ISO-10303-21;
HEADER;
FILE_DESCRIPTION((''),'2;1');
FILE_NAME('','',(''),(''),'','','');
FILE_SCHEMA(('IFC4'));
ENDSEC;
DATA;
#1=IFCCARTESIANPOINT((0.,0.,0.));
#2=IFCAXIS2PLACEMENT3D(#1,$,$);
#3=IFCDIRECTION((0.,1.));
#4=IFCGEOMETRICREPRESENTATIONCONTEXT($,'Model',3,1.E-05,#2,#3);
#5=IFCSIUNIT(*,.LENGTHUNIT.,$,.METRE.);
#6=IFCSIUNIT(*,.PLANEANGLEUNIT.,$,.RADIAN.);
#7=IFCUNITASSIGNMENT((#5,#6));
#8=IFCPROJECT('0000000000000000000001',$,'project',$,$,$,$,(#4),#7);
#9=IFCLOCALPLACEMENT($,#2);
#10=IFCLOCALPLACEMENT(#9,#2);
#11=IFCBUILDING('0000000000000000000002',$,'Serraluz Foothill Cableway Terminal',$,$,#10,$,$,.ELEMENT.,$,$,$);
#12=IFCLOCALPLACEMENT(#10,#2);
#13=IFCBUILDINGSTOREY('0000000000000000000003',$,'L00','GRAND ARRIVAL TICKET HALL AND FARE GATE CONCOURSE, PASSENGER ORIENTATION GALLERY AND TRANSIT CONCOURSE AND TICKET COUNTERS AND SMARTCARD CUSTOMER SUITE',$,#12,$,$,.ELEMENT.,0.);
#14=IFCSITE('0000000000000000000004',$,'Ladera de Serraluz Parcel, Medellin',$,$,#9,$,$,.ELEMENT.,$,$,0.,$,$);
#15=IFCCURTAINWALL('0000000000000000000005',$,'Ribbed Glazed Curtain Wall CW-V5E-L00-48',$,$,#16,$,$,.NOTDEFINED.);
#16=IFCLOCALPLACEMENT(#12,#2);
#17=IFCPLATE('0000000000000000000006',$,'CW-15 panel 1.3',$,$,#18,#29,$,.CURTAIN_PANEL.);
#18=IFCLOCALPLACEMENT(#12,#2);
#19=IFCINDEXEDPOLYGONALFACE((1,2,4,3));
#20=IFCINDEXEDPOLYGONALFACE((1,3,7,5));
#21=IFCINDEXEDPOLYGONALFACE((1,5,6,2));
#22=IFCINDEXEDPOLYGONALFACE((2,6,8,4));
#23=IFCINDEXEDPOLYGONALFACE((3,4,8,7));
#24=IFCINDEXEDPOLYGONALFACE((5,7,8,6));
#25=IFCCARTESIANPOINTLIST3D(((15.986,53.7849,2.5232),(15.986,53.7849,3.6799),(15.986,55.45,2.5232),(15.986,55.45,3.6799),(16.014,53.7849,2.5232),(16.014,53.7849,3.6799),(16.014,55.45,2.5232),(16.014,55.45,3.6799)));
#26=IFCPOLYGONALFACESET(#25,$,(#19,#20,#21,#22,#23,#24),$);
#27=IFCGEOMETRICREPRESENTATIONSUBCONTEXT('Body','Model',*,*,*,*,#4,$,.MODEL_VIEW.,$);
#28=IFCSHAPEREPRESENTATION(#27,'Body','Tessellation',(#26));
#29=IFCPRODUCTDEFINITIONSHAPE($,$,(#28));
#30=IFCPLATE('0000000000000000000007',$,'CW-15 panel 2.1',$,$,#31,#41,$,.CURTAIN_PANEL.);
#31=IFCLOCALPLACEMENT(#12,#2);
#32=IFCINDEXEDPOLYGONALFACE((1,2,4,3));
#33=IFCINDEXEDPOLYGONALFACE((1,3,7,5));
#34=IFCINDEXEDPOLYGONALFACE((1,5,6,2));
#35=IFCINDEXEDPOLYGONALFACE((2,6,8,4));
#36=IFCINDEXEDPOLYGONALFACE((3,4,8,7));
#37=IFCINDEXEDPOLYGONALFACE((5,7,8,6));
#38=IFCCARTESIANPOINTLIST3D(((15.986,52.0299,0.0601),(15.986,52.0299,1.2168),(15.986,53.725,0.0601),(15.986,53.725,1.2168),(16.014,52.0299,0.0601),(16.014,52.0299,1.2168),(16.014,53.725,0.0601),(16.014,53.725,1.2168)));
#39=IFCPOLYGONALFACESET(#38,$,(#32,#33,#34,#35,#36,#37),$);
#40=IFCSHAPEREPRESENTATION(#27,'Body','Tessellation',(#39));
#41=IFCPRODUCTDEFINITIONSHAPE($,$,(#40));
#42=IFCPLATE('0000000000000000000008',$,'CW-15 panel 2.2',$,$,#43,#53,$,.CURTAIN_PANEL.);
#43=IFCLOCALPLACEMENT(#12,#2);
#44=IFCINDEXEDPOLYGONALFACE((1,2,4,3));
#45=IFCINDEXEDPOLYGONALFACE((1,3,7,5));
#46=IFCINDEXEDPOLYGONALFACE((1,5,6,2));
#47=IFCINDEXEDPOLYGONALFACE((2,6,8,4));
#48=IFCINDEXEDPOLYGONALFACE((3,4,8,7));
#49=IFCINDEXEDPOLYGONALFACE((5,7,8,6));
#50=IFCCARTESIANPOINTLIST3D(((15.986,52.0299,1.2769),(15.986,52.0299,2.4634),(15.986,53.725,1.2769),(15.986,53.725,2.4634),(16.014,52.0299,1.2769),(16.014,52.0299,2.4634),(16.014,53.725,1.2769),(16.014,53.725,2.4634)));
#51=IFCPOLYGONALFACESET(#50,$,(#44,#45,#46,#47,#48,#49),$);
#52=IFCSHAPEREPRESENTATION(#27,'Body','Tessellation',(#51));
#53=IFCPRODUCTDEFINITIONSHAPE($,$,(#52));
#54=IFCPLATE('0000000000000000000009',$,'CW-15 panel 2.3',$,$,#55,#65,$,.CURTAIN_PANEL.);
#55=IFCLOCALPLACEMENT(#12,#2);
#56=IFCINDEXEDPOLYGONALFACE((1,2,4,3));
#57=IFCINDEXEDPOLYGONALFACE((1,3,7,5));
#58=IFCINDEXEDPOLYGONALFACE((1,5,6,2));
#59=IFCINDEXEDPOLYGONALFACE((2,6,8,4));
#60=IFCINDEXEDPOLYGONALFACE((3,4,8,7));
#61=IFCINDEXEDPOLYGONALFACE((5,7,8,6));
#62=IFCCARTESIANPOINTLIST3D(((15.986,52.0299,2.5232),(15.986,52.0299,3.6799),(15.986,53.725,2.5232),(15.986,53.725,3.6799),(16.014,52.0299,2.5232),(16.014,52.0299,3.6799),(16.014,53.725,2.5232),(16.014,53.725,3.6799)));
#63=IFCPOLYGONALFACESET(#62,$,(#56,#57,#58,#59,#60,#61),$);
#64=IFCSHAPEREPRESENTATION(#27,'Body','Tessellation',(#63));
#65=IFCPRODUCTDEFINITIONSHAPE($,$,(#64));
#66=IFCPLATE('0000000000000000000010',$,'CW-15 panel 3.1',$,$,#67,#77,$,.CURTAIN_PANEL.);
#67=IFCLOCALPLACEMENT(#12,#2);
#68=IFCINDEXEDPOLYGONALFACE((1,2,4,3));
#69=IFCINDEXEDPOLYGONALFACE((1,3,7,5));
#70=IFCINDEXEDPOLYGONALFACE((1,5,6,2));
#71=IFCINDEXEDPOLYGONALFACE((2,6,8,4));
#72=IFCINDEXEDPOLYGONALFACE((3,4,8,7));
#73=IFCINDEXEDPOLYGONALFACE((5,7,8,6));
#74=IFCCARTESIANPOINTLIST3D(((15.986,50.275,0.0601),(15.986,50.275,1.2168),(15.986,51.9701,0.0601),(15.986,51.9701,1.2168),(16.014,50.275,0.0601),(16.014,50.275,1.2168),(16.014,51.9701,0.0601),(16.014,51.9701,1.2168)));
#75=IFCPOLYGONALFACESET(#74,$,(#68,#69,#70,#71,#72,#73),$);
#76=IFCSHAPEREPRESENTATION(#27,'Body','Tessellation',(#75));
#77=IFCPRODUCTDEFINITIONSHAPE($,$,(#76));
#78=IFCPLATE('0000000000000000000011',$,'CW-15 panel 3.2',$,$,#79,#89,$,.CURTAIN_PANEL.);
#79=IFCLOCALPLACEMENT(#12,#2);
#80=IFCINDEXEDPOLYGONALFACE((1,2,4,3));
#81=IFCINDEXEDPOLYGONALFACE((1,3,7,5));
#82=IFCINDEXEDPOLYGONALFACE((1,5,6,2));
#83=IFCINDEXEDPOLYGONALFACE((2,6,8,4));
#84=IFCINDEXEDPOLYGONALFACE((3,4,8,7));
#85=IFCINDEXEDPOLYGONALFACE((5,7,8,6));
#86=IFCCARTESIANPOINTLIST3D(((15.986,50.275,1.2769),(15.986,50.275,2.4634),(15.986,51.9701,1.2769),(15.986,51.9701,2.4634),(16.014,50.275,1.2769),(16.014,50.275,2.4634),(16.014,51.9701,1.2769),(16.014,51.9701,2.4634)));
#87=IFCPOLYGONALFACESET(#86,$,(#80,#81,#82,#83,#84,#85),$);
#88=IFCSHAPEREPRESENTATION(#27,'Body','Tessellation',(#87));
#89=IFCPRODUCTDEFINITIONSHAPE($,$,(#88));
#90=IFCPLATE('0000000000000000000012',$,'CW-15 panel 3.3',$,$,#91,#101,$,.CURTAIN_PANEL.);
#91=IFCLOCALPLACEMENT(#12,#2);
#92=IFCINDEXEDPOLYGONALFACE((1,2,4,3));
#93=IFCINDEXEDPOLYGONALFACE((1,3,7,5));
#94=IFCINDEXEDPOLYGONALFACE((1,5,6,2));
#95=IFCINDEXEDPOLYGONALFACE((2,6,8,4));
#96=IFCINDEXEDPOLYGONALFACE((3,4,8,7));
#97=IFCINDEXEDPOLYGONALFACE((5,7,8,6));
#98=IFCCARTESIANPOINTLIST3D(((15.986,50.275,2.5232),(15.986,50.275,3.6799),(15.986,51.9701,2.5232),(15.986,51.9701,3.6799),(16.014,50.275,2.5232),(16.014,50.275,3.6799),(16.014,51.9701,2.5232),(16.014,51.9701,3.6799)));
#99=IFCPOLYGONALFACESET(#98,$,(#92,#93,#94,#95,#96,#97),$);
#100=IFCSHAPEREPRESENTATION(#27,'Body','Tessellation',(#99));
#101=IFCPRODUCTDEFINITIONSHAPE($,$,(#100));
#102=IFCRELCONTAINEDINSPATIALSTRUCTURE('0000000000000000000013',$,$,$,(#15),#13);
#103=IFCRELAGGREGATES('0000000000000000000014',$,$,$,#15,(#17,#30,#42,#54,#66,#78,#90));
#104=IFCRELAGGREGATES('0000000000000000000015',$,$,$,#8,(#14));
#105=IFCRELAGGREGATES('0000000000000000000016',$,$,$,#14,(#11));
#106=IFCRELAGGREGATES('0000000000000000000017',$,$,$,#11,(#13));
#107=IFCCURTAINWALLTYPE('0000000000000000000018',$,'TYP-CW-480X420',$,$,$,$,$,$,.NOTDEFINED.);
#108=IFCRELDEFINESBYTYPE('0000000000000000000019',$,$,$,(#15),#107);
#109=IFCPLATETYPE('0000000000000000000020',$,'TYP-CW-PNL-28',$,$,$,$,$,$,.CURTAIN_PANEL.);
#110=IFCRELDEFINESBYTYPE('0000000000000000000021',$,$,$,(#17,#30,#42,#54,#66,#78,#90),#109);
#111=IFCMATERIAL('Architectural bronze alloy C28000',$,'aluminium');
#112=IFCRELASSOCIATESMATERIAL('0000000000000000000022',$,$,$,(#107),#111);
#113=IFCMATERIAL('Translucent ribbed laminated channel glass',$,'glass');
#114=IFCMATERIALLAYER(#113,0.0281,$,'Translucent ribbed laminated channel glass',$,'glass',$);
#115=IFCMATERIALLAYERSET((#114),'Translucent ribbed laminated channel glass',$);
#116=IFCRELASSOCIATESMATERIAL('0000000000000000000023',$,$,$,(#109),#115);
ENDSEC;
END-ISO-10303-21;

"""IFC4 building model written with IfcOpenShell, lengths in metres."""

from ifc_helpers import new_model, si_unit, direction, frame, origin, origin_2d, place, context, subcontext, project, spatial, rectangle, extrude, material, layer, layer_set, type_object, element, aggregate, save


model = new_model("IFC4")

# Units and contexts
model_context = context("Model", 3, precision=1e-05, world=origin(), true_north=direction((0.0, 1.0)))
body_context = subcontext(model_context, "Body", "Model", "MODEL_VIEW")
ifc_project = project(units=[si_unit("LENGTHUNIT", "METRE"), si_unit("PLANEANGLEUNIT", "RADIAN")], contexts=[model_context])

# Site, building, storey
site_placement = place(None, origin())
site = spatial("IfcSite", under=ifc_project, at=site_placement, Name="Ladera de Serraluz Parcel, Medellin", CompositionType="ELEMENT", RefElevation=0.0)
building_placement = place(site_placement, origin())
building = spatial("IfcBuilding", under=site, at=building_placement, Name="Serraluz Foothill Cableway Terminal", CompositionType="ELEMENT")
storey_placement = place(building_placement, origin())
storey = spatial("IfcBuildingStorey", under=building, at=storey_placement, Name="L00", Description="GRAND ARRIVAL TICKET HALL AND FARE GATE CONCOURSE, PASSENGER ORIENTATION GALLERY AND TRANSIT CONCOURSE AND TICKET COUNTERS AND SMARTCARD CUSTOMER SUITE", CompositionType="ELEMENT", Elevation=0.0)

# Curtain wall, plates
ifc_material_1 = material(Name="Architectural bronze alloy C28000", Category="aluminium")
curtain_wall_type = type_object("IfcCurtainWallType", Name="TYP-CW-480X420", PredefinedType="NOTDEFINED", material=ifc_material_1)
curtain_wall_placement = place(storey_placement, origin())
curtain_wall = element("IfcCurtainWall", 1, at=curtain_wall_placement, inside=storey, type_object=curtain_wall_type, Name="Ribbed Glazed Curtain Wall CW-V5E-L00-48", PredefinedType="NOTDEFINED")
ifc_material_2 = material(Name="Translucent ribbed laminated channel glass", Category="glass")
ifc_layer = layer(ifc_material_2, 0.0281, Name="Translucent ribbed laminated channel glass", Category="glass")
ifc_layer_set = layer_set([ifc_layer], Name="Translucent ribbed laminated channel glass")
plate_type = type_object("IfcPlateType", Name="TYP-CW-PNL-28", PredefinedType="CURTAIN_PANEL", material=ifc_layer_set)
plate_1_placement = place(storey_placement, frame((16.0, 54.6174, 2.5232), z_axis=(0.0, 0.0, 1.0), x_axis=(0.0, -1.0, 0.0)))
plate_1 = element("IfcPlate", 2, at=plate_1_placement, type_object=plate_type, Name="CW-15 panel 1.3", PredefinedType="CURTAIN_PANEL", context=body_context, shape_type="SweptSolid", body=[
    extrude(rectangle(XDim=1.665, YDim=0.0281, at=origin_2d()), origin(), (0.0, 0.0, 1.0), 1.1567),
])
plate_2_placement = place(storey_placement, frame((16.0, 52.8774, 0.0601), z_axis=(0.0, 0.0, 1.0), x_axis=(0.0, -1.0, 0.0)))
plate_2 = element("IfcPlate", 3, at=plate_2_placement, type_object=plate_type, Name="CW-15 panel 2.1", PredefinedType="CURTAIN_PANEL", context=body_context, shape_type="SweptSolid", body=[
    extrude(rectangle(XDim=1.6951, YDim=0.0281, at=origin_2d()), origin(), (0.0, 0.0, 1.0), 1.1567),
])
plate_3_placement = place(storey_placement, frame((16.0, 52.8774, 1.2769), z_axis=(0.0, 0.0, 1.0), x_axis=(0.0, -1.0, 0.0)))
plate_3 = element("IfcPlate", 4, at=plate_3_placement, type_object=plate_type, Name="CW-15 panel 2.2", PredefinedType="CURTAIN_PANEL", context=body_context, shape_type="SweptSolid", body=[
    extrude(rectangle(XDim=1.6951, YDim=0.0281, at=origin_2d()), origin(), (0.0, 0.0, 1.0), 1.1865),
])
plate_4_placement = place(storey_placement, frame((16.0, 52.8774, 2.5232), z_axis=(0.0, 0.0, 1.0), x_axis=(0.0, -1.0, 0.0)))
plate_4 = element("IfcPlate", 5, at=plate_4_placement, type_object=plate_type, Name="CW-15 panel 2.3", PredefinedType="CURTAIN_PANEL", context=body_context, shape_type="SweptSolid", body=[
    extrude(rectangle(XDim=1.6951, YDim=0.0281, at=origin_2d()), origin(), (0.0, 0.0, 1.0), 1.1567),
])
plate_5_placement = place(storey_placement, frame((16.0, 51.1226, 0.0601), z_axis=(0.0, 0.0, 1.0), x_axis=(0.0, -1.0, 0.0)))
plate_5 = element("IfcPlate", 6, at=plate_5_placement, type_object=plate_type, Name="CW-15 panel 3.1", PredefinedType="CURTAIN_PANEL", context=body_context, shape_type="SweptSolid", body=[
    extrude(rectangle(XDim=1.6951, YDim=0.0281, at=origin_2d()), origin(), (0.0, 0.0, 1.0), 1.1567),
])
plate_6_placement = place(storey_placement, frame((16.0, 51.1226, 1.2769), z_axis=(0.0, 0.0, 1.0), x_axis=(0.0, -1.0, 0.0)))
plate_6 = element("IfcPlate", 7, at=plate_6_placement, type_object=plate_type, Name="CW-15 panel 3.2", PredefinedType="CURTAIN_PANEL", context=body_context, shape_type="SweptSolid", body=[
    extrude(rectangle(XDim=1.6951, YDim=0.0281, at=origin_2d()), origin(), (0.0, 0.0, 1.0), 1.1865),
])
plate_7_placement = place(storey_placement, frame((16.0, 51.1226, 2.5232), z_axis=(0.0, 0.0, 1.0), x_axis=(0.0, -1.0, 0.0)))
plate_7 = element("IfcPlate", 8, at=plate_7_placement, type_object=plate_type, Name="CW-15 panel 3.3", PredefinedType="CURTAIN_PANEL", context=body_context, shape_type="SweptSolid", body=[
    extrude(rectangle(XDim=1.6951, YDim=0.0281, at=origin_2d()), origin(), (0.0, 0.0, 1.0), 1.1567),
])
aggregate(curtain_wall, [plate_1, plate_2, plate_3, plate_4, plate_5, plate_6, plate_7])

save(model, "model.ifc")
